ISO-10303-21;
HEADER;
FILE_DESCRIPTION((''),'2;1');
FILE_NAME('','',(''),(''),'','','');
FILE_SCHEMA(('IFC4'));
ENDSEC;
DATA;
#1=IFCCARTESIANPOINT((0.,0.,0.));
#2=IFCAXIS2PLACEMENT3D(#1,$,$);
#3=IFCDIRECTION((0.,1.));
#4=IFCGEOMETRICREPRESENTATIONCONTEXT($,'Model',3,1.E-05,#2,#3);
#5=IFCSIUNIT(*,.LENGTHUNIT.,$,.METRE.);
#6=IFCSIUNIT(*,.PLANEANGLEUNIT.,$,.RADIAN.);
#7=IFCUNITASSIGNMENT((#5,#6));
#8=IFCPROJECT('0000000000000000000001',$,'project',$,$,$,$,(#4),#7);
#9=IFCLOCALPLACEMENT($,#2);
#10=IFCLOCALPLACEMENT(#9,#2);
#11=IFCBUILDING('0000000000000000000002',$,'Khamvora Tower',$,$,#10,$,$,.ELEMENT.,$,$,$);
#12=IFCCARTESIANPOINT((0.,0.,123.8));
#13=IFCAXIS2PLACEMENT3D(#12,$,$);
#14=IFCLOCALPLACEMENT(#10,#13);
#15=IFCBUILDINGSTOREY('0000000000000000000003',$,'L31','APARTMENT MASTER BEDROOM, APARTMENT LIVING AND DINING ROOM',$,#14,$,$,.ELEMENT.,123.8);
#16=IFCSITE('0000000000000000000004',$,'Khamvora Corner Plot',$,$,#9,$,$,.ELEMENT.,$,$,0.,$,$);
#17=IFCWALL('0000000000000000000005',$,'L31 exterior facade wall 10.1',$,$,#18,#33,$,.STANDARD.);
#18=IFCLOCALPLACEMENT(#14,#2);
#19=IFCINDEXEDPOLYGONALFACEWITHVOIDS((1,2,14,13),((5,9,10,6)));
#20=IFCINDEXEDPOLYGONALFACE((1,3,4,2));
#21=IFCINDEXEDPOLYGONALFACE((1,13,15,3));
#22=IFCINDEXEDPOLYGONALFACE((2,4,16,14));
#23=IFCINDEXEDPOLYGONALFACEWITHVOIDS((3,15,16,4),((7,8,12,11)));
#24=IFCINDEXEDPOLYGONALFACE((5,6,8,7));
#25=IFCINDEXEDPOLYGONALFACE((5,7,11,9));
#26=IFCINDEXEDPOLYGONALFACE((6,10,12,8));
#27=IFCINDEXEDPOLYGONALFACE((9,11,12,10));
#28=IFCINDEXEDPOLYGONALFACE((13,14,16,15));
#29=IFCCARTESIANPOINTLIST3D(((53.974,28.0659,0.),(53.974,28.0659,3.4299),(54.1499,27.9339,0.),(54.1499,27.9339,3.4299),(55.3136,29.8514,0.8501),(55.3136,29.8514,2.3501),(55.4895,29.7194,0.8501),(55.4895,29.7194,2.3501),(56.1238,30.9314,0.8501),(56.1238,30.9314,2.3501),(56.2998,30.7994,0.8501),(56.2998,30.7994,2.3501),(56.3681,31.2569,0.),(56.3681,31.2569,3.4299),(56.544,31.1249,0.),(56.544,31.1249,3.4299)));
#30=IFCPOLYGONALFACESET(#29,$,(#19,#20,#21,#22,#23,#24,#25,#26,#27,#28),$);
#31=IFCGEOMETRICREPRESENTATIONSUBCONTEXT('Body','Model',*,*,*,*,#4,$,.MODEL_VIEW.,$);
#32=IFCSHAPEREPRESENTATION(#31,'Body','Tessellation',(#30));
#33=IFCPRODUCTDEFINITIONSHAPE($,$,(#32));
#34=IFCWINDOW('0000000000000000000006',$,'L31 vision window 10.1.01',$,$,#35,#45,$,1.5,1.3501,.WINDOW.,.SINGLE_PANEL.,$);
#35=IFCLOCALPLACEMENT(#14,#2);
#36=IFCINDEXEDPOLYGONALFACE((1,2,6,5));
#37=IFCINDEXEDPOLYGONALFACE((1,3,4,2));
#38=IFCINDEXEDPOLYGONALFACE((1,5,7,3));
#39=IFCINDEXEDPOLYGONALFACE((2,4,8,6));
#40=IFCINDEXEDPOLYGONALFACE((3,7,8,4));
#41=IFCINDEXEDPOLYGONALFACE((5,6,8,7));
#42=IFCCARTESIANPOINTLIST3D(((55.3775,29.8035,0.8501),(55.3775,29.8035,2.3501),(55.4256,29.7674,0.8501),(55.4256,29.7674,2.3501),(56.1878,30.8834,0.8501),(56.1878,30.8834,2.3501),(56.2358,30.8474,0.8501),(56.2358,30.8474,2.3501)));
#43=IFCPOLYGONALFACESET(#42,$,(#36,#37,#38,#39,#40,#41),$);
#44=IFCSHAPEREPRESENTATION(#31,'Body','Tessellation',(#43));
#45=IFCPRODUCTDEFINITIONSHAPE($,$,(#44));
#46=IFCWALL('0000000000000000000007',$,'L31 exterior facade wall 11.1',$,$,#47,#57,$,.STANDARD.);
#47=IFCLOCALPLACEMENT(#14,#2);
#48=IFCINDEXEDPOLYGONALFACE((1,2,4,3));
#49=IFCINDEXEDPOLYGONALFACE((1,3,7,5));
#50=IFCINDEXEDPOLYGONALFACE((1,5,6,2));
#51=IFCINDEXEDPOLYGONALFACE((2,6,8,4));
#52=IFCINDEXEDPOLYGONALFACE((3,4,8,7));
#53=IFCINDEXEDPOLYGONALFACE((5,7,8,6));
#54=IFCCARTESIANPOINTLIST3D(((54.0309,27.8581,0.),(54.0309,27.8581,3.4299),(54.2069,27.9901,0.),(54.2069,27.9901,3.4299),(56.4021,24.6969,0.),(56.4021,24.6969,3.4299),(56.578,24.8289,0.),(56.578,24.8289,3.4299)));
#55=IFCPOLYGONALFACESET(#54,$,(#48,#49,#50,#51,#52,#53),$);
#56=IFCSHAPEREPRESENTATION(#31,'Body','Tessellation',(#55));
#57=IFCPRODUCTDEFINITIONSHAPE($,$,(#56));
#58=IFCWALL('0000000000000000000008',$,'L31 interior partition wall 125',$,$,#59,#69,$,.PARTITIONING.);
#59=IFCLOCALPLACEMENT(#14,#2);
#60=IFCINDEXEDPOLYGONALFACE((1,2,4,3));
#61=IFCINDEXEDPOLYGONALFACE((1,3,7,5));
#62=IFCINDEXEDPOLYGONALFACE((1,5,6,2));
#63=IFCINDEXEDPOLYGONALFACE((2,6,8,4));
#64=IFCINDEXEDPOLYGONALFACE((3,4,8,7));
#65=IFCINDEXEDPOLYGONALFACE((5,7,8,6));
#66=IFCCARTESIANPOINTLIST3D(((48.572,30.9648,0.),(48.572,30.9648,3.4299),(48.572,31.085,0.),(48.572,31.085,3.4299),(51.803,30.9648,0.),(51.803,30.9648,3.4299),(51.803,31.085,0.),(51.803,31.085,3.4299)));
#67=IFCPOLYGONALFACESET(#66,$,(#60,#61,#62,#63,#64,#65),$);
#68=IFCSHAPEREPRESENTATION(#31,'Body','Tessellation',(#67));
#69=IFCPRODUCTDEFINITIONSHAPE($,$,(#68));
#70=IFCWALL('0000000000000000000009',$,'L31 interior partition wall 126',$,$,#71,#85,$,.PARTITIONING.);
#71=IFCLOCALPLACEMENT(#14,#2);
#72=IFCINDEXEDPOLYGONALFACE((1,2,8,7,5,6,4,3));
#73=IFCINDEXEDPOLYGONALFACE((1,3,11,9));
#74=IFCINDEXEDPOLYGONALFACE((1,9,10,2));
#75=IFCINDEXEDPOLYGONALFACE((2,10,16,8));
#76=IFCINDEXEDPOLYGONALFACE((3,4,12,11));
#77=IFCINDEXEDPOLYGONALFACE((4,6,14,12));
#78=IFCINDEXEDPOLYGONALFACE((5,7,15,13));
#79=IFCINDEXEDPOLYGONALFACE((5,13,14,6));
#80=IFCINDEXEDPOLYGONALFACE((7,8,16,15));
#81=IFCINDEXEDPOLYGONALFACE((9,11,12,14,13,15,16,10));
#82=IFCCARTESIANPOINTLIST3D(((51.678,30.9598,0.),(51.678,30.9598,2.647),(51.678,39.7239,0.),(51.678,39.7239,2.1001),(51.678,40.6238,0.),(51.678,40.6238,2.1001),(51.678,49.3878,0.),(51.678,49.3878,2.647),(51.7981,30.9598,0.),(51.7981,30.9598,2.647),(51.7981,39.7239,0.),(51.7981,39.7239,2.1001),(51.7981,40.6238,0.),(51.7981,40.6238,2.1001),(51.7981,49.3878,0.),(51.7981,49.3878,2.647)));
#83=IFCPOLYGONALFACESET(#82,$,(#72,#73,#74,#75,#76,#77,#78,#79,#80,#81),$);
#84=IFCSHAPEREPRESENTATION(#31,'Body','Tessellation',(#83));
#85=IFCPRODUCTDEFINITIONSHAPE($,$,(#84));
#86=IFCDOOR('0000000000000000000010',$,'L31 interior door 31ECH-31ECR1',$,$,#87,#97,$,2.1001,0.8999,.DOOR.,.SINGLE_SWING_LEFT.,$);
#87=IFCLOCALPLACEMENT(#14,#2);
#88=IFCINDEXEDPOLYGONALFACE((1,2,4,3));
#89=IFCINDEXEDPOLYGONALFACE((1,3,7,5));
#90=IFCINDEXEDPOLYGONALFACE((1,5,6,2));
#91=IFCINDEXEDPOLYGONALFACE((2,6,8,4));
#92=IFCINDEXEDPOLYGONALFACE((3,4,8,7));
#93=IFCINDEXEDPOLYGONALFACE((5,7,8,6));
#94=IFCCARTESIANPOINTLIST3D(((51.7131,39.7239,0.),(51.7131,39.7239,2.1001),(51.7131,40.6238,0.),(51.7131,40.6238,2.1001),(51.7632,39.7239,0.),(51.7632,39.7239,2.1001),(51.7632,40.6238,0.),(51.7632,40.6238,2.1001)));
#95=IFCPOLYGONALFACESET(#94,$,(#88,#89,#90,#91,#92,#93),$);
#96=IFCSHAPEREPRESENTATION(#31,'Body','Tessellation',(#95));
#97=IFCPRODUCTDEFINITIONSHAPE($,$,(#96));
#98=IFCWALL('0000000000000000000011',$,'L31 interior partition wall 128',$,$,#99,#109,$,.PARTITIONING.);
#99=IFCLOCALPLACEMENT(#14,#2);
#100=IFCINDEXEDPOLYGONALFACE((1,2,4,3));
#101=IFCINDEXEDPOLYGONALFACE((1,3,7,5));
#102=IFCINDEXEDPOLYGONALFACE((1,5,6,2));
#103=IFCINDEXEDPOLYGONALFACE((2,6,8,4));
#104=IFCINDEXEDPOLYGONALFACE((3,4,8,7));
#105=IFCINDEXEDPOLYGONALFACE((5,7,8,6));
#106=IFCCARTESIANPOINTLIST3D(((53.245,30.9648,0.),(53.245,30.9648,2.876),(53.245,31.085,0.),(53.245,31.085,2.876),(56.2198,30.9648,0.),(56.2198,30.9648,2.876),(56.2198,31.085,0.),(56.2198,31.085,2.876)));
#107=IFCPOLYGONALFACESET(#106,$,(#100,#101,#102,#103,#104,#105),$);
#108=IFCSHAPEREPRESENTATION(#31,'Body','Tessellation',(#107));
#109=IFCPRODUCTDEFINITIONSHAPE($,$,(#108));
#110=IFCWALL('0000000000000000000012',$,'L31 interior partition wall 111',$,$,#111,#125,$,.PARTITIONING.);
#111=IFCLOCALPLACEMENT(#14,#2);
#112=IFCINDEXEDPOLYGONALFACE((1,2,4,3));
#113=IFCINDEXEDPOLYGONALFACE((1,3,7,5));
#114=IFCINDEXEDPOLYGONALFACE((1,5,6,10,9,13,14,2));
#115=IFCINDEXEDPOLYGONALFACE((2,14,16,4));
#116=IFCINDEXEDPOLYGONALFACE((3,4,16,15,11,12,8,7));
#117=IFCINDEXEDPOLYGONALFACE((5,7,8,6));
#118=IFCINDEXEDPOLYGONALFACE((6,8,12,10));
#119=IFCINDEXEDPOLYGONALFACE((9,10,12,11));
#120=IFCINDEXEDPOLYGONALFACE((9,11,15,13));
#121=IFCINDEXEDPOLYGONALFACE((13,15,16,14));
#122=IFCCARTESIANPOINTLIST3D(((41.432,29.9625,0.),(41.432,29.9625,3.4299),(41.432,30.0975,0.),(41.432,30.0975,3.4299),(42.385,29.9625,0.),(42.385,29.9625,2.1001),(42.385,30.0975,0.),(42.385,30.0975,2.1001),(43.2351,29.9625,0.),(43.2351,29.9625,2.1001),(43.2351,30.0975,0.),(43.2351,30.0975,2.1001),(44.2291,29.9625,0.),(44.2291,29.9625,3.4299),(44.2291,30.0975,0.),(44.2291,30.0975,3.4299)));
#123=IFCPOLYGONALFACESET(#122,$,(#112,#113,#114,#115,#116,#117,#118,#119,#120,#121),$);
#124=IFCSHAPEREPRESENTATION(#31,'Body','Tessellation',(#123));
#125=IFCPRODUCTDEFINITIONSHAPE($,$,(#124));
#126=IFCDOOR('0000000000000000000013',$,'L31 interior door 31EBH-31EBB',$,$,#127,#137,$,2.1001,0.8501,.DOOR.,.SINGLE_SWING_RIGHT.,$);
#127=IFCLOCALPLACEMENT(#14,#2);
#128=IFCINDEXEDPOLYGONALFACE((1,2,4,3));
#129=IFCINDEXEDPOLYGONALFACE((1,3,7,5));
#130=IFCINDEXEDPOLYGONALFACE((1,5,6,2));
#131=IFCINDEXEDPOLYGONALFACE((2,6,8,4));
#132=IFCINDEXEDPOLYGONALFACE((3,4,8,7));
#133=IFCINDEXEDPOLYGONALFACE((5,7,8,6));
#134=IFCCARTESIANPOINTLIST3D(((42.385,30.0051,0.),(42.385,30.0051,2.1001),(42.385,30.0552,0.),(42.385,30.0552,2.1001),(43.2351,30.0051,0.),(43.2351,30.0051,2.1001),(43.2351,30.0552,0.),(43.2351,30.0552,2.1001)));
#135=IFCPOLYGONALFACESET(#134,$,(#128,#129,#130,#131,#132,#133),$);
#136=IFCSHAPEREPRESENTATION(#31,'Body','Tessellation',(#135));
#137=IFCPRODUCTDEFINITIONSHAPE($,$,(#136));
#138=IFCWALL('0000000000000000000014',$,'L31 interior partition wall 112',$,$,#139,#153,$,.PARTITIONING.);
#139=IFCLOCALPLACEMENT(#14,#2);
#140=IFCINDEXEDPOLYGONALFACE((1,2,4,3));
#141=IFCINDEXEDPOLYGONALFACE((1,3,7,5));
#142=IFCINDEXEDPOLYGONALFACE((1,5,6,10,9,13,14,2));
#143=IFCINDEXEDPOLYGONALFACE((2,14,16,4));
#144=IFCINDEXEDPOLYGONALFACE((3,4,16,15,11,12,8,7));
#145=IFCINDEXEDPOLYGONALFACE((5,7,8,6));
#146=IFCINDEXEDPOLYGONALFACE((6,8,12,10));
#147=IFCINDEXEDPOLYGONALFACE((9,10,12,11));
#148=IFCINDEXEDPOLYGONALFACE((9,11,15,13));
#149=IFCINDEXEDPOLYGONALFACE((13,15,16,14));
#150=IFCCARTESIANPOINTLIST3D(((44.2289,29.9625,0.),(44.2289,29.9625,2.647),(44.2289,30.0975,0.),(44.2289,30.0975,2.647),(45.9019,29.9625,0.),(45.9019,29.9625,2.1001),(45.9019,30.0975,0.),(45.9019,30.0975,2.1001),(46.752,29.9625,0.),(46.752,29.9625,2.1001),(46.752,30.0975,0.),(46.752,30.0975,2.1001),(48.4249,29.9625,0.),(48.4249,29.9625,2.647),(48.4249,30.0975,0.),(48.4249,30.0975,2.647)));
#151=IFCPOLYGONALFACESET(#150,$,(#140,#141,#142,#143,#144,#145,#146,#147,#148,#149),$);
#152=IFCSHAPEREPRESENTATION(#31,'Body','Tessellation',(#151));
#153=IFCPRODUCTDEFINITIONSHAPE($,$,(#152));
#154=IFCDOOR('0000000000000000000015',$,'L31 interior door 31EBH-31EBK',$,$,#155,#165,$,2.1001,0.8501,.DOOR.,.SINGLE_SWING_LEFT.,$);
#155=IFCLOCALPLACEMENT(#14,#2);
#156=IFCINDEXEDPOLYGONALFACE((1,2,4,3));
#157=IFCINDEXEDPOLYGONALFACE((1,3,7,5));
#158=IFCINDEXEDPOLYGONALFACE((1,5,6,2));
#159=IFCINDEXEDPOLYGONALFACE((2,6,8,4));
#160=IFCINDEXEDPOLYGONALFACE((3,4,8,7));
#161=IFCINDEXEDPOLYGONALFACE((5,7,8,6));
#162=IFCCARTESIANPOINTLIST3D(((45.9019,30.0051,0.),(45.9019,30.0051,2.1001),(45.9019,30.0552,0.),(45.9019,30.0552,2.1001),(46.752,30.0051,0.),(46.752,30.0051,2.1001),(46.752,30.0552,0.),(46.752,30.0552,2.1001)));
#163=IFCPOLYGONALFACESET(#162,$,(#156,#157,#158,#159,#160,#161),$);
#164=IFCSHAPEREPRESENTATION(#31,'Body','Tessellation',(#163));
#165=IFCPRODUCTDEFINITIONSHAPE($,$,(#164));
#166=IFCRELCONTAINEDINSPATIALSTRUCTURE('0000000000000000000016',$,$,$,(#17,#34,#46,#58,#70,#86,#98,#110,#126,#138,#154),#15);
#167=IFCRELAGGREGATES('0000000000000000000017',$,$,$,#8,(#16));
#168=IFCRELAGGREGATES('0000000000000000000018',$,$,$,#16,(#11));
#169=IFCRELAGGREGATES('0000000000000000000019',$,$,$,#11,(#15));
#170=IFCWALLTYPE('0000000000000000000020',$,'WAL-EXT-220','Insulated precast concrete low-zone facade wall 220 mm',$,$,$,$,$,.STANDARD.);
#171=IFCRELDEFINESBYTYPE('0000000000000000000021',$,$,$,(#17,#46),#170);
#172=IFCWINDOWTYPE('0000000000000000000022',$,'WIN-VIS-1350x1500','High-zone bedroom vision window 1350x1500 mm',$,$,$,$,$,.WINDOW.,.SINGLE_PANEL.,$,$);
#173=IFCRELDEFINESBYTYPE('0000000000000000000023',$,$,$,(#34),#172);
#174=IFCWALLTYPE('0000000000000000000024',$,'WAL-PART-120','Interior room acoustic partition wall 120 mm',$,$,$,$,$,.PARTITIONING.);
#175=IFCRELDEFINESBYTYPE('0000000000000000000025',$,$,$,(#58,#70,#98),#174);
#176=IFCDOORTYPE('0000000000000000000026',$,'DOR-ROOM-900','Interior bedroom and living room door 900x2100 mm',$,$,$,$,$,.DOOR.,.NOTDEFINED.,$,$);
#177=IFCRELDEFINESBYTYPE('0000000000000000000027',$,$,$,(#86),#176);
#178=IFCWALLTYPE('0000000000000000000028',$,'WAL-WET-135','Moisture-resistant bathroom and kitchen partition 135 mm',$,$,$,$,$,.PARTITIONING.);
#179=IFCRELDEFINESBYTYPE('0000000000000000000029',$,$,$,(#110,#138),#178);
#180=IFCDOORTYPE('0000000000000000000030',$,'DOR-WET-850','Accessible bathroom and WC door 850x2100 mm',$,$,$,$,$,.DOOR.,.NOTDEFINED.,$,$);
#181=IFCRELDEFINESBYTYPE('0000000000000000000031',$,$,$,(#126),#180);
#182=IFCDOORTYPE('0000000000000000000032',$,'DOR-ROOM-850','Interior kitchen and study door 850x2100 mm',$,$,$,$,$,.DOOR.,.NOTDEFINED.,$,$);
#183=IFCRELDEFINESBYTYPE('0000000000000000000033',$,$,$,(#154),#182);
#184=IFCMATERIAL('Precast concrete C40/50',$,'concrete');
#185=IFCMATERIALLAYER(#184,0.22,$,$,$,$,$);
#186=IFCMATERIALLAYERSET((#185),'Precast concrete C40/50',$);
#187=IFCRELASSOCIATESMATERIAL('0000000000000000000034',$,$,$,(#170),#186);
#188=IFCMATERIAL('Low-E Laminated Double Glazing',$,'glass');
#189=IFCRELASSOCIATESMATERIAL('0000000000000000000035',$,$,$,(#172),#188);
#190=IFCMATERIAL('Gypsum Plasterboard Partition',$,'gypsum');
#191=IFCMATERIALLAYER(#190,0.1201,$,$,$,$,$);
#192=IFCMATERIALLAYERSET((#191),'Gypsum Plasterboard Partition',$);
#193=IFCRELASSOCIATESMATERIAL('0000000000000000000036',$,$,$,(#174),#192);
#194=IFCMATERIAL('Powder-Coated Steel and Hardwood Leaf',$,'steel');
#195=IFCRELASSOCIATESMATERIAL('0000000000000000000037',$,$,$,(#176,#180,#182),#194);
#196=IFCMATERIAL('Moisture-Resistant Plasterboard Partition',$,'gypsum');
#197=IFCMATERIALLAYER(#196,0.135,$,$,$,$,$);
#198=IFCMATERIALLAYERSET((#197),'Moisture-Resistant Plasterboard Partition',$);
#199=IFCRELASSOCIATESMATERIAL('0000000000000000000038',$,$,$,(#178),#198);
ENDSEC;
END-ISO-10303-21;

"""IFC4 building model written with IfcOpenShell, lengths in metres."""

from ifc_helpers import new_model, si_unit, direction, frame, frame_2d, origin, place, context, subcontext, project, spatial, rectangle, extrude, material, layer, layer_set, type_object, element, fill, save


model = new_model("IFC4")

# Units and contexts
model_context = context("Model", 3, precision=1e-05, world=origin(), true_north=direction((0.0, 1.0)))
body_context = subcontext(model_context, "Body", "Model", "MODEL_VIEW")
ifc_project = project(units=[si_unit("LENGTHUNIT", "METRE"), si_unit("PLANEANGLEUNIT", "RADIAN")], contexts=[model_context])

# Site, building, storey
site_placement = place(None, origin())
site = spatial("IfcSite", under=ifc_project, at=site_placement, Name="Khamvora Corner Plot", CompositionType="ELEMENT", RefElevation=0.0)
building_placement = place(site_placement, origin())
building = spatial("IfcBuilding", under=site, at=building_placement, Name="Khamvora Tower", CompositionType="ELEMENT")
storey_placement = place(building_placement, frame((0.0, 0.0, 123.8)))
storey = spatial("IfcBuildingStorey", under=building, at=storey_placement, Name="L31", Description="APARTMENT MASTER BEDROOM, APARTMENT LIVING AND DINING ROOM", CompositionType="ELEMENT", Elevation=123.8)

# Wall, opening, window
ifc_material_1 = material(Name="Precast concrete C40/50", Category="concrete")
ifc_layer_1 = layer(ifc_material_1, 0.22)
ifc_layer_set_1 = layer_set([ifc_layer_1], Name="Precast concrete C40/50")
wall_type_1 = type_object("IfcWallType", Name="WAL-EXT-220", Description="Insulated precast concrete low-zone facade wall 220 mm", PredefinedType="STANDARD", material=ifc_layer_set_1)
wall_1_placement = place(storey_placement, frame((56.4561, 31.1909, 0.0), z_axis=(0.0, 0.0, 1.0), x_axis=(-0.600137, -0.799897, 0.0)))
wall_1 = element("IfcWall", 1, at=wall_1_placement, inside=storey, type_object=wall_type_1, Name="L31 exterior facade wall 10.1", PredefinedType="STANDARD", context=body_context, shape_type="SweptSolid", body=[
    extrude(rectangle(XDim=3.9893, YDim=0.22, at=frame_2d((1.9946, 0.0))), origin(), (0.0, 0.0, 1.0), 3.4299),
])
opening_1_placement = place(wall_1_placement, frame((0.407, 0.0, 0.8501)))
opening_1 = element("IfcOpeningElement", 2, at=opening_1_placement, cuts=wall_1, PredefinedType="OPENING", context=body_context, shape_type="SweptSolid", body=[
    extrude(rectangle(XDim=1.3501, YDim=1.5, at=frame_2d((0.675, 0.75))), frame((0.0, 0.1199, 0.0), z_axis=(0.0, -1.0, 0.0), x_axis=(1.0, 0.0, 0.0)), (0.0, 0.0, 1.0), 0.24),
])
ifc_material_2 = material(Name="Low-E Laminated Double Glazing", Category="glass")
window_type = type_object("IfcWindowType", Name="WIN-VIS-1350x1500", Description="High-zone bedroom vision window 1350x1500 mm", PartitioningType="SINGLE_PANEL", PredefinedType="WINDOW", material=ifc_material_2)
window_placement = place(opening_1_placement, origin())
window = element("IfcWindow", 3, at=window_placement, inside=storey, type_object=window_type, Name="L31 vision window 10.1.01", OverallHeight=1.5, OverallWidth=1.3501, PartitioningType="SINGLE_PANEL", PredefinedType="WINDOW", context=body_context, shape_type="SweptSolid", body=[
    extrude(rectangle(XDim=1.3501, YDim=1.5, at=frame_2d((0.675, 0.75))), frame((0.0, 0.03, 0.0), z_axis=(0.0, -1.0, 0.0), x_axis=(1.0, 0.0, 0.0)), (0.0, 0.0, 1.0), 0.0601),
])
fill(opening_1, window)

# Walls
wall_2_placement = place(storey_placement, frame((54.1189, 27.9241, 0.0), z_axis=(0.0, 0.0, 1.0), x_axis=(0.60004, -0.79997, 0.0)))
element("IfcWall", 4, at=wall_2_placement, inside=storey, type_object=wall_type_1, Name="L31 exterior facade wall 11.1", PredefinedType="STANDARD", context=body_context, shape_type="SweptSolid", body=[
    extrude(rectangle(XDim=3.9517, YDim=0.22, at=frame_2d((1.9758, 0.0))), origin(), (0.0, 0.0, 1.0), 3.4299),
])
ifc_material_3 = material(Name="Gypsum Plasterboard Partition", Category="gypsum")
ifc_layer_2 = layer(ifc_material_3, 0.1201)
ifc_layer_set_2 = layer_set([ifc_layer_2], Name="Gypsum Plasterboard Partition")
wall_type_2 = type_object("IfcWallType", Name="WAL-PART-120", Description="Interior room acoustic partition wall 120 mm", PredefinedType="PARTITIONING", material=ifc_layer_set_2)
wall_3_placement = place(storey_placement, frame((48.572, 31.0249, 0.0), z_axis=(0.0, 0.0, 1.0), x_axis=(1.0, 0.0, 0.0)))
element("IfcWall", 5, at=wall_3_placement, inside=storey, type_object=wall_type_2, Name="L31 interior partition wall 125", PredefinedType="PARTITIONING", context=body_context, shape_type="SweptSolid", body=[
    extrude(rectangle(XDim=3.231, YDim=0.1201, at=frame_2d((1.6155, 0.0))), origin(), (0.0, 0.0, 1.0), 3.4299),
])

# Wall, opening, door
wall_4_placement = place(storey_placement, frame((51.738, 30.96, 0.0), z_axis=(0.0, 0.0, 1.0), x_axis=(0.0, 1.0, 0.0)))
wall_4 = element("IfcWall", 6, at=wall_4_placement, inside=storey, type_object=wall_type_2, Name="L31 interior partition wall 126", PredefinedType="PARTITIONING", context=body_context, shape_type="SweptSolid", body=[
    extrude(rectangle(XDim=18.428, YDim=0.1201, at=frame_2d((9.2139, 0.0))), origin(), (0.0, 0.0, 1.0), 2.647),
])
opening_2_placement = place(wall_4_placement, frame((8.7639, 0.0, 0.0)))
opening_2 = element("IfcOpeningElement", 7, at=opening_2_placement, cuts=wall_4, PredefinedType="OPENING", context=body_context, shape_type="SweptSolid", body=[
    extrude(rectangle(XDim=0.8999, YDim=2.1001, at=frame_2d((0.45, 1.05))), frame((0.0, 0.0701, 0.0), z_axis=(0.0, -1.0, 0.0), x_axis=(1.0, 0.0, 0.0)), (0.0, 0.0, 1.0), 0.1401),
])
ifc_material_4 = material(Name="Powder-Coated Steel and Hardwood Leaf", Category="steel")
door_type_1 = type_object("IfcDoorType", Name="DOR-ROOM-900", Description="Interior bedroom and living room door 900x2100 mm", OperationType="NOTDEFINED", PredefinedType="DOOR", material=ifc_material_4)
door_1_placement = place(opening_2_placement, origin())
door_1 = element("IfcDoor", 8, at=door_1_placement, inside=storey, type_object=door_type_1, Name="L31 interior door 31ECH-31ECR1", OperationType="SINGLE_SWING_LEFT", OverallHeight=2.1001, OverallWidth=0.8999, PredefinedType="DOOR", context=body_context, shape_type="SweptSolid", body=[
    extrude(rectangle(XDim=0.8999, YDim=2.1001, at=frame_2d((0.45, 1.05))), frame((0.0, 0.0249, 0.0), z_axis=(0.0, -1.0, 0.0), x_axis=(1.0, 0.0, 0.0)), (0.0, 0.0, 1.0), 0.05),
])
fill(opening_2, door_1)

# Wall
wall_5_placement = place(storey_placement, frame((53.2451, 31.0249, 0.0), z_axis=(0.0, 0.0, 1.0), x_axis=(1.0, 0.0, 0.0)))
element("IfcWall", 9, at=wall_5_placement, inside=storey, type_object=wall_type_2, Name="L31 interior partition wall 128", PredefinedType="PARTITIONING", context=body_context, shape_type="SweptSolid", body=[
    extrude(rectangle(XDim=2.9749, YDim=0.1201, at=frame_2d((1.4873, 0.0))), origin(), (0.0, 0.0, 1.0), 2.876),
])

# Walls, openings, doors
ifc_material_5 = material(Name="Moisture-Resistant Plasterboard Partition", Category="gypsum")
ifc_layer_3 = layer(ifc_material_5, 0.135)
ifc_layer_set_3 = layer_set([ifc_layer_3], Name="Moisture-Resistant Plasterboard Partition")
wall_type_3 = type_object("IfcWallType", Name="WAL-WET-135", Description="Moisture-resistant bathroom and kitchen partition 135 mm", PredefinedType="PARTITIONING", material=ifc_layer_set_3)
wall_6_placement = place(storey_placement, frame((44.229, 30.03, 0.0), z_axis=(0.0, 0.0, 1.0), x_axis=(-1.0, 0.0, 0.0)))
wall_6 = element("IfcWall", 10, at=wall_6_placement, inside=storey, type_object=wall_type_3, Name="L31 interior partition wall 111", PredefinedType="PARTITIONING", context=body_context, shape_type="SweptSolid", body=[
    extrude(rectangle(XDim=2.7971, YDim=0.135, at=frame_2d((1.3984, 0.0))), origin(), (0.0, 0.0, 1.0), 3.4299),
])
opening_3_placement = place(wall_6_placement, frame((0.9939, 0.0, 0.0)))
opening_3 = element("IfcOpeningElement", 11, at=opening_3_placement, cuts=wall_6, PredefinedType="OPENING", context=body_context, shape_type="SweptSolid", body=[
    extrude(rectangle(XDim=0.8501, YDim=2.1001, at=frame_2d((0.425, 1.05))), frame((0.0, 0.0774, 0.0), z_axis=(0.0, -1.0, 0.0), x_axis=(1.0, 0.0, 0.0)), (0.0, 0.0, 1.0), 0.155),
])
door_type_2 = type_object("IfcDoorType", Name="DOR-WET-850", Description="Accessible bathroom and WC door 850x2100 mm", OperationType="NOTDEFINED", PredefinedType="DOOR", material=ifc_material_4)
door_2_placement = place(opening_3_placement, origin())
door_2 = element("IfcDoor", 12, at=door_2_placement, inside=storey, type_object=door_type_2, Name="L31 interior door 31EBH-31EBB", OperationType="SINGLE_SWING_RIGHT", OverallHeight=2.1001, OverallWidth=0.8501, PredefinedType="DOOR", context=body_context, shape_type="SweptSolid", body=[
    extrude(rectangle(XDim=0.8501, YDim=2.1001, at=frame_2d((0.425, 1.05))), frame((0.0, 0.0249, 0.0), z_axis=(0.0, -1.0, 0.0), x_axis=(1.0, 0.0, 0.0)), (0.0, 0.0, 1.0), 0.05),
])
fill(opening_3, door_2)
wall_7_placement = place(storey_placement, frame((48.425, 30.03, 0.0), z_axis=(0.0, 0.0, 1.0), x_axis=(-1.0, 0.0, 0.0)))
wall_7 = element("IfcWall", 13, at=wall_7_placement, inside=storey, type_object=wall_type_3, Name="L31 interior partition wall 112", PredefinedType="PARTITIONING", context=body_context, shape_type="SweptSolid", body=[
    extrude(rectangle(XDim=4.196, YDim=0.135, at=frame_2d((2.0981, 0.0))), origin(), (0.0, 0.0, 1.0), 2.647),
])
opening_4_placement = place(wall_7_placement, frame((1.6731, 0.0, 0.0)))
opening_4 = element("IfcOpeningElement", 14, at=opening_4_placement, cuts=wall_7, PredefinedType="OPENING", context=body_context, shape_type="SweptSolid", body=[
    extrude(rectangle(XDim=0.8501, YDim=2.1001, at=frame_2d((0.425, 1.05))), frame((0.0, 0.0774, 0.0), z_axis=(0.0, -1.0, 0.0), x_axis=(1.0, 0.0, 0.0)), (0.0, 0.0, 1.0), 0.155),
])
door_type_3 = type_object("IfcDoorType", Name="DOR-ROOM-850", Description="Interior kitchen and study door 850x2100 mm", OperationType="NOTDEFINED", PredefinedType="DOOR", material=ifc_material_4)
door_3_placement = place(opening_4_placement, origin())
door_3 = element("IfcDoor", 15, at=door_3_placement, inside=storey, type_object=door_type_3, Name="L31 interior door 31EBH-31EBK", OperationType="SINGLE_SWING_LEFT", OverallHeight=2.1001, OverallWidth=0.8501, PredefinedType="DOOR", context=body_context, shape_type="SweptSolid", body=[
    extrude(rectangle(XDim=0.8501, YDim=2.1001, at=frame_2d((0.425, 1.05))), frame((0.0, 0.0249, 0.0), z_axis=(0.0, -1.0, 0.0), x_axis=(1.0, 0.0, 0.0)), (0.0, 0.0, 1.0), 0.05),
])
fill(opening_4, door_3)

save(model, "model.ifc")
